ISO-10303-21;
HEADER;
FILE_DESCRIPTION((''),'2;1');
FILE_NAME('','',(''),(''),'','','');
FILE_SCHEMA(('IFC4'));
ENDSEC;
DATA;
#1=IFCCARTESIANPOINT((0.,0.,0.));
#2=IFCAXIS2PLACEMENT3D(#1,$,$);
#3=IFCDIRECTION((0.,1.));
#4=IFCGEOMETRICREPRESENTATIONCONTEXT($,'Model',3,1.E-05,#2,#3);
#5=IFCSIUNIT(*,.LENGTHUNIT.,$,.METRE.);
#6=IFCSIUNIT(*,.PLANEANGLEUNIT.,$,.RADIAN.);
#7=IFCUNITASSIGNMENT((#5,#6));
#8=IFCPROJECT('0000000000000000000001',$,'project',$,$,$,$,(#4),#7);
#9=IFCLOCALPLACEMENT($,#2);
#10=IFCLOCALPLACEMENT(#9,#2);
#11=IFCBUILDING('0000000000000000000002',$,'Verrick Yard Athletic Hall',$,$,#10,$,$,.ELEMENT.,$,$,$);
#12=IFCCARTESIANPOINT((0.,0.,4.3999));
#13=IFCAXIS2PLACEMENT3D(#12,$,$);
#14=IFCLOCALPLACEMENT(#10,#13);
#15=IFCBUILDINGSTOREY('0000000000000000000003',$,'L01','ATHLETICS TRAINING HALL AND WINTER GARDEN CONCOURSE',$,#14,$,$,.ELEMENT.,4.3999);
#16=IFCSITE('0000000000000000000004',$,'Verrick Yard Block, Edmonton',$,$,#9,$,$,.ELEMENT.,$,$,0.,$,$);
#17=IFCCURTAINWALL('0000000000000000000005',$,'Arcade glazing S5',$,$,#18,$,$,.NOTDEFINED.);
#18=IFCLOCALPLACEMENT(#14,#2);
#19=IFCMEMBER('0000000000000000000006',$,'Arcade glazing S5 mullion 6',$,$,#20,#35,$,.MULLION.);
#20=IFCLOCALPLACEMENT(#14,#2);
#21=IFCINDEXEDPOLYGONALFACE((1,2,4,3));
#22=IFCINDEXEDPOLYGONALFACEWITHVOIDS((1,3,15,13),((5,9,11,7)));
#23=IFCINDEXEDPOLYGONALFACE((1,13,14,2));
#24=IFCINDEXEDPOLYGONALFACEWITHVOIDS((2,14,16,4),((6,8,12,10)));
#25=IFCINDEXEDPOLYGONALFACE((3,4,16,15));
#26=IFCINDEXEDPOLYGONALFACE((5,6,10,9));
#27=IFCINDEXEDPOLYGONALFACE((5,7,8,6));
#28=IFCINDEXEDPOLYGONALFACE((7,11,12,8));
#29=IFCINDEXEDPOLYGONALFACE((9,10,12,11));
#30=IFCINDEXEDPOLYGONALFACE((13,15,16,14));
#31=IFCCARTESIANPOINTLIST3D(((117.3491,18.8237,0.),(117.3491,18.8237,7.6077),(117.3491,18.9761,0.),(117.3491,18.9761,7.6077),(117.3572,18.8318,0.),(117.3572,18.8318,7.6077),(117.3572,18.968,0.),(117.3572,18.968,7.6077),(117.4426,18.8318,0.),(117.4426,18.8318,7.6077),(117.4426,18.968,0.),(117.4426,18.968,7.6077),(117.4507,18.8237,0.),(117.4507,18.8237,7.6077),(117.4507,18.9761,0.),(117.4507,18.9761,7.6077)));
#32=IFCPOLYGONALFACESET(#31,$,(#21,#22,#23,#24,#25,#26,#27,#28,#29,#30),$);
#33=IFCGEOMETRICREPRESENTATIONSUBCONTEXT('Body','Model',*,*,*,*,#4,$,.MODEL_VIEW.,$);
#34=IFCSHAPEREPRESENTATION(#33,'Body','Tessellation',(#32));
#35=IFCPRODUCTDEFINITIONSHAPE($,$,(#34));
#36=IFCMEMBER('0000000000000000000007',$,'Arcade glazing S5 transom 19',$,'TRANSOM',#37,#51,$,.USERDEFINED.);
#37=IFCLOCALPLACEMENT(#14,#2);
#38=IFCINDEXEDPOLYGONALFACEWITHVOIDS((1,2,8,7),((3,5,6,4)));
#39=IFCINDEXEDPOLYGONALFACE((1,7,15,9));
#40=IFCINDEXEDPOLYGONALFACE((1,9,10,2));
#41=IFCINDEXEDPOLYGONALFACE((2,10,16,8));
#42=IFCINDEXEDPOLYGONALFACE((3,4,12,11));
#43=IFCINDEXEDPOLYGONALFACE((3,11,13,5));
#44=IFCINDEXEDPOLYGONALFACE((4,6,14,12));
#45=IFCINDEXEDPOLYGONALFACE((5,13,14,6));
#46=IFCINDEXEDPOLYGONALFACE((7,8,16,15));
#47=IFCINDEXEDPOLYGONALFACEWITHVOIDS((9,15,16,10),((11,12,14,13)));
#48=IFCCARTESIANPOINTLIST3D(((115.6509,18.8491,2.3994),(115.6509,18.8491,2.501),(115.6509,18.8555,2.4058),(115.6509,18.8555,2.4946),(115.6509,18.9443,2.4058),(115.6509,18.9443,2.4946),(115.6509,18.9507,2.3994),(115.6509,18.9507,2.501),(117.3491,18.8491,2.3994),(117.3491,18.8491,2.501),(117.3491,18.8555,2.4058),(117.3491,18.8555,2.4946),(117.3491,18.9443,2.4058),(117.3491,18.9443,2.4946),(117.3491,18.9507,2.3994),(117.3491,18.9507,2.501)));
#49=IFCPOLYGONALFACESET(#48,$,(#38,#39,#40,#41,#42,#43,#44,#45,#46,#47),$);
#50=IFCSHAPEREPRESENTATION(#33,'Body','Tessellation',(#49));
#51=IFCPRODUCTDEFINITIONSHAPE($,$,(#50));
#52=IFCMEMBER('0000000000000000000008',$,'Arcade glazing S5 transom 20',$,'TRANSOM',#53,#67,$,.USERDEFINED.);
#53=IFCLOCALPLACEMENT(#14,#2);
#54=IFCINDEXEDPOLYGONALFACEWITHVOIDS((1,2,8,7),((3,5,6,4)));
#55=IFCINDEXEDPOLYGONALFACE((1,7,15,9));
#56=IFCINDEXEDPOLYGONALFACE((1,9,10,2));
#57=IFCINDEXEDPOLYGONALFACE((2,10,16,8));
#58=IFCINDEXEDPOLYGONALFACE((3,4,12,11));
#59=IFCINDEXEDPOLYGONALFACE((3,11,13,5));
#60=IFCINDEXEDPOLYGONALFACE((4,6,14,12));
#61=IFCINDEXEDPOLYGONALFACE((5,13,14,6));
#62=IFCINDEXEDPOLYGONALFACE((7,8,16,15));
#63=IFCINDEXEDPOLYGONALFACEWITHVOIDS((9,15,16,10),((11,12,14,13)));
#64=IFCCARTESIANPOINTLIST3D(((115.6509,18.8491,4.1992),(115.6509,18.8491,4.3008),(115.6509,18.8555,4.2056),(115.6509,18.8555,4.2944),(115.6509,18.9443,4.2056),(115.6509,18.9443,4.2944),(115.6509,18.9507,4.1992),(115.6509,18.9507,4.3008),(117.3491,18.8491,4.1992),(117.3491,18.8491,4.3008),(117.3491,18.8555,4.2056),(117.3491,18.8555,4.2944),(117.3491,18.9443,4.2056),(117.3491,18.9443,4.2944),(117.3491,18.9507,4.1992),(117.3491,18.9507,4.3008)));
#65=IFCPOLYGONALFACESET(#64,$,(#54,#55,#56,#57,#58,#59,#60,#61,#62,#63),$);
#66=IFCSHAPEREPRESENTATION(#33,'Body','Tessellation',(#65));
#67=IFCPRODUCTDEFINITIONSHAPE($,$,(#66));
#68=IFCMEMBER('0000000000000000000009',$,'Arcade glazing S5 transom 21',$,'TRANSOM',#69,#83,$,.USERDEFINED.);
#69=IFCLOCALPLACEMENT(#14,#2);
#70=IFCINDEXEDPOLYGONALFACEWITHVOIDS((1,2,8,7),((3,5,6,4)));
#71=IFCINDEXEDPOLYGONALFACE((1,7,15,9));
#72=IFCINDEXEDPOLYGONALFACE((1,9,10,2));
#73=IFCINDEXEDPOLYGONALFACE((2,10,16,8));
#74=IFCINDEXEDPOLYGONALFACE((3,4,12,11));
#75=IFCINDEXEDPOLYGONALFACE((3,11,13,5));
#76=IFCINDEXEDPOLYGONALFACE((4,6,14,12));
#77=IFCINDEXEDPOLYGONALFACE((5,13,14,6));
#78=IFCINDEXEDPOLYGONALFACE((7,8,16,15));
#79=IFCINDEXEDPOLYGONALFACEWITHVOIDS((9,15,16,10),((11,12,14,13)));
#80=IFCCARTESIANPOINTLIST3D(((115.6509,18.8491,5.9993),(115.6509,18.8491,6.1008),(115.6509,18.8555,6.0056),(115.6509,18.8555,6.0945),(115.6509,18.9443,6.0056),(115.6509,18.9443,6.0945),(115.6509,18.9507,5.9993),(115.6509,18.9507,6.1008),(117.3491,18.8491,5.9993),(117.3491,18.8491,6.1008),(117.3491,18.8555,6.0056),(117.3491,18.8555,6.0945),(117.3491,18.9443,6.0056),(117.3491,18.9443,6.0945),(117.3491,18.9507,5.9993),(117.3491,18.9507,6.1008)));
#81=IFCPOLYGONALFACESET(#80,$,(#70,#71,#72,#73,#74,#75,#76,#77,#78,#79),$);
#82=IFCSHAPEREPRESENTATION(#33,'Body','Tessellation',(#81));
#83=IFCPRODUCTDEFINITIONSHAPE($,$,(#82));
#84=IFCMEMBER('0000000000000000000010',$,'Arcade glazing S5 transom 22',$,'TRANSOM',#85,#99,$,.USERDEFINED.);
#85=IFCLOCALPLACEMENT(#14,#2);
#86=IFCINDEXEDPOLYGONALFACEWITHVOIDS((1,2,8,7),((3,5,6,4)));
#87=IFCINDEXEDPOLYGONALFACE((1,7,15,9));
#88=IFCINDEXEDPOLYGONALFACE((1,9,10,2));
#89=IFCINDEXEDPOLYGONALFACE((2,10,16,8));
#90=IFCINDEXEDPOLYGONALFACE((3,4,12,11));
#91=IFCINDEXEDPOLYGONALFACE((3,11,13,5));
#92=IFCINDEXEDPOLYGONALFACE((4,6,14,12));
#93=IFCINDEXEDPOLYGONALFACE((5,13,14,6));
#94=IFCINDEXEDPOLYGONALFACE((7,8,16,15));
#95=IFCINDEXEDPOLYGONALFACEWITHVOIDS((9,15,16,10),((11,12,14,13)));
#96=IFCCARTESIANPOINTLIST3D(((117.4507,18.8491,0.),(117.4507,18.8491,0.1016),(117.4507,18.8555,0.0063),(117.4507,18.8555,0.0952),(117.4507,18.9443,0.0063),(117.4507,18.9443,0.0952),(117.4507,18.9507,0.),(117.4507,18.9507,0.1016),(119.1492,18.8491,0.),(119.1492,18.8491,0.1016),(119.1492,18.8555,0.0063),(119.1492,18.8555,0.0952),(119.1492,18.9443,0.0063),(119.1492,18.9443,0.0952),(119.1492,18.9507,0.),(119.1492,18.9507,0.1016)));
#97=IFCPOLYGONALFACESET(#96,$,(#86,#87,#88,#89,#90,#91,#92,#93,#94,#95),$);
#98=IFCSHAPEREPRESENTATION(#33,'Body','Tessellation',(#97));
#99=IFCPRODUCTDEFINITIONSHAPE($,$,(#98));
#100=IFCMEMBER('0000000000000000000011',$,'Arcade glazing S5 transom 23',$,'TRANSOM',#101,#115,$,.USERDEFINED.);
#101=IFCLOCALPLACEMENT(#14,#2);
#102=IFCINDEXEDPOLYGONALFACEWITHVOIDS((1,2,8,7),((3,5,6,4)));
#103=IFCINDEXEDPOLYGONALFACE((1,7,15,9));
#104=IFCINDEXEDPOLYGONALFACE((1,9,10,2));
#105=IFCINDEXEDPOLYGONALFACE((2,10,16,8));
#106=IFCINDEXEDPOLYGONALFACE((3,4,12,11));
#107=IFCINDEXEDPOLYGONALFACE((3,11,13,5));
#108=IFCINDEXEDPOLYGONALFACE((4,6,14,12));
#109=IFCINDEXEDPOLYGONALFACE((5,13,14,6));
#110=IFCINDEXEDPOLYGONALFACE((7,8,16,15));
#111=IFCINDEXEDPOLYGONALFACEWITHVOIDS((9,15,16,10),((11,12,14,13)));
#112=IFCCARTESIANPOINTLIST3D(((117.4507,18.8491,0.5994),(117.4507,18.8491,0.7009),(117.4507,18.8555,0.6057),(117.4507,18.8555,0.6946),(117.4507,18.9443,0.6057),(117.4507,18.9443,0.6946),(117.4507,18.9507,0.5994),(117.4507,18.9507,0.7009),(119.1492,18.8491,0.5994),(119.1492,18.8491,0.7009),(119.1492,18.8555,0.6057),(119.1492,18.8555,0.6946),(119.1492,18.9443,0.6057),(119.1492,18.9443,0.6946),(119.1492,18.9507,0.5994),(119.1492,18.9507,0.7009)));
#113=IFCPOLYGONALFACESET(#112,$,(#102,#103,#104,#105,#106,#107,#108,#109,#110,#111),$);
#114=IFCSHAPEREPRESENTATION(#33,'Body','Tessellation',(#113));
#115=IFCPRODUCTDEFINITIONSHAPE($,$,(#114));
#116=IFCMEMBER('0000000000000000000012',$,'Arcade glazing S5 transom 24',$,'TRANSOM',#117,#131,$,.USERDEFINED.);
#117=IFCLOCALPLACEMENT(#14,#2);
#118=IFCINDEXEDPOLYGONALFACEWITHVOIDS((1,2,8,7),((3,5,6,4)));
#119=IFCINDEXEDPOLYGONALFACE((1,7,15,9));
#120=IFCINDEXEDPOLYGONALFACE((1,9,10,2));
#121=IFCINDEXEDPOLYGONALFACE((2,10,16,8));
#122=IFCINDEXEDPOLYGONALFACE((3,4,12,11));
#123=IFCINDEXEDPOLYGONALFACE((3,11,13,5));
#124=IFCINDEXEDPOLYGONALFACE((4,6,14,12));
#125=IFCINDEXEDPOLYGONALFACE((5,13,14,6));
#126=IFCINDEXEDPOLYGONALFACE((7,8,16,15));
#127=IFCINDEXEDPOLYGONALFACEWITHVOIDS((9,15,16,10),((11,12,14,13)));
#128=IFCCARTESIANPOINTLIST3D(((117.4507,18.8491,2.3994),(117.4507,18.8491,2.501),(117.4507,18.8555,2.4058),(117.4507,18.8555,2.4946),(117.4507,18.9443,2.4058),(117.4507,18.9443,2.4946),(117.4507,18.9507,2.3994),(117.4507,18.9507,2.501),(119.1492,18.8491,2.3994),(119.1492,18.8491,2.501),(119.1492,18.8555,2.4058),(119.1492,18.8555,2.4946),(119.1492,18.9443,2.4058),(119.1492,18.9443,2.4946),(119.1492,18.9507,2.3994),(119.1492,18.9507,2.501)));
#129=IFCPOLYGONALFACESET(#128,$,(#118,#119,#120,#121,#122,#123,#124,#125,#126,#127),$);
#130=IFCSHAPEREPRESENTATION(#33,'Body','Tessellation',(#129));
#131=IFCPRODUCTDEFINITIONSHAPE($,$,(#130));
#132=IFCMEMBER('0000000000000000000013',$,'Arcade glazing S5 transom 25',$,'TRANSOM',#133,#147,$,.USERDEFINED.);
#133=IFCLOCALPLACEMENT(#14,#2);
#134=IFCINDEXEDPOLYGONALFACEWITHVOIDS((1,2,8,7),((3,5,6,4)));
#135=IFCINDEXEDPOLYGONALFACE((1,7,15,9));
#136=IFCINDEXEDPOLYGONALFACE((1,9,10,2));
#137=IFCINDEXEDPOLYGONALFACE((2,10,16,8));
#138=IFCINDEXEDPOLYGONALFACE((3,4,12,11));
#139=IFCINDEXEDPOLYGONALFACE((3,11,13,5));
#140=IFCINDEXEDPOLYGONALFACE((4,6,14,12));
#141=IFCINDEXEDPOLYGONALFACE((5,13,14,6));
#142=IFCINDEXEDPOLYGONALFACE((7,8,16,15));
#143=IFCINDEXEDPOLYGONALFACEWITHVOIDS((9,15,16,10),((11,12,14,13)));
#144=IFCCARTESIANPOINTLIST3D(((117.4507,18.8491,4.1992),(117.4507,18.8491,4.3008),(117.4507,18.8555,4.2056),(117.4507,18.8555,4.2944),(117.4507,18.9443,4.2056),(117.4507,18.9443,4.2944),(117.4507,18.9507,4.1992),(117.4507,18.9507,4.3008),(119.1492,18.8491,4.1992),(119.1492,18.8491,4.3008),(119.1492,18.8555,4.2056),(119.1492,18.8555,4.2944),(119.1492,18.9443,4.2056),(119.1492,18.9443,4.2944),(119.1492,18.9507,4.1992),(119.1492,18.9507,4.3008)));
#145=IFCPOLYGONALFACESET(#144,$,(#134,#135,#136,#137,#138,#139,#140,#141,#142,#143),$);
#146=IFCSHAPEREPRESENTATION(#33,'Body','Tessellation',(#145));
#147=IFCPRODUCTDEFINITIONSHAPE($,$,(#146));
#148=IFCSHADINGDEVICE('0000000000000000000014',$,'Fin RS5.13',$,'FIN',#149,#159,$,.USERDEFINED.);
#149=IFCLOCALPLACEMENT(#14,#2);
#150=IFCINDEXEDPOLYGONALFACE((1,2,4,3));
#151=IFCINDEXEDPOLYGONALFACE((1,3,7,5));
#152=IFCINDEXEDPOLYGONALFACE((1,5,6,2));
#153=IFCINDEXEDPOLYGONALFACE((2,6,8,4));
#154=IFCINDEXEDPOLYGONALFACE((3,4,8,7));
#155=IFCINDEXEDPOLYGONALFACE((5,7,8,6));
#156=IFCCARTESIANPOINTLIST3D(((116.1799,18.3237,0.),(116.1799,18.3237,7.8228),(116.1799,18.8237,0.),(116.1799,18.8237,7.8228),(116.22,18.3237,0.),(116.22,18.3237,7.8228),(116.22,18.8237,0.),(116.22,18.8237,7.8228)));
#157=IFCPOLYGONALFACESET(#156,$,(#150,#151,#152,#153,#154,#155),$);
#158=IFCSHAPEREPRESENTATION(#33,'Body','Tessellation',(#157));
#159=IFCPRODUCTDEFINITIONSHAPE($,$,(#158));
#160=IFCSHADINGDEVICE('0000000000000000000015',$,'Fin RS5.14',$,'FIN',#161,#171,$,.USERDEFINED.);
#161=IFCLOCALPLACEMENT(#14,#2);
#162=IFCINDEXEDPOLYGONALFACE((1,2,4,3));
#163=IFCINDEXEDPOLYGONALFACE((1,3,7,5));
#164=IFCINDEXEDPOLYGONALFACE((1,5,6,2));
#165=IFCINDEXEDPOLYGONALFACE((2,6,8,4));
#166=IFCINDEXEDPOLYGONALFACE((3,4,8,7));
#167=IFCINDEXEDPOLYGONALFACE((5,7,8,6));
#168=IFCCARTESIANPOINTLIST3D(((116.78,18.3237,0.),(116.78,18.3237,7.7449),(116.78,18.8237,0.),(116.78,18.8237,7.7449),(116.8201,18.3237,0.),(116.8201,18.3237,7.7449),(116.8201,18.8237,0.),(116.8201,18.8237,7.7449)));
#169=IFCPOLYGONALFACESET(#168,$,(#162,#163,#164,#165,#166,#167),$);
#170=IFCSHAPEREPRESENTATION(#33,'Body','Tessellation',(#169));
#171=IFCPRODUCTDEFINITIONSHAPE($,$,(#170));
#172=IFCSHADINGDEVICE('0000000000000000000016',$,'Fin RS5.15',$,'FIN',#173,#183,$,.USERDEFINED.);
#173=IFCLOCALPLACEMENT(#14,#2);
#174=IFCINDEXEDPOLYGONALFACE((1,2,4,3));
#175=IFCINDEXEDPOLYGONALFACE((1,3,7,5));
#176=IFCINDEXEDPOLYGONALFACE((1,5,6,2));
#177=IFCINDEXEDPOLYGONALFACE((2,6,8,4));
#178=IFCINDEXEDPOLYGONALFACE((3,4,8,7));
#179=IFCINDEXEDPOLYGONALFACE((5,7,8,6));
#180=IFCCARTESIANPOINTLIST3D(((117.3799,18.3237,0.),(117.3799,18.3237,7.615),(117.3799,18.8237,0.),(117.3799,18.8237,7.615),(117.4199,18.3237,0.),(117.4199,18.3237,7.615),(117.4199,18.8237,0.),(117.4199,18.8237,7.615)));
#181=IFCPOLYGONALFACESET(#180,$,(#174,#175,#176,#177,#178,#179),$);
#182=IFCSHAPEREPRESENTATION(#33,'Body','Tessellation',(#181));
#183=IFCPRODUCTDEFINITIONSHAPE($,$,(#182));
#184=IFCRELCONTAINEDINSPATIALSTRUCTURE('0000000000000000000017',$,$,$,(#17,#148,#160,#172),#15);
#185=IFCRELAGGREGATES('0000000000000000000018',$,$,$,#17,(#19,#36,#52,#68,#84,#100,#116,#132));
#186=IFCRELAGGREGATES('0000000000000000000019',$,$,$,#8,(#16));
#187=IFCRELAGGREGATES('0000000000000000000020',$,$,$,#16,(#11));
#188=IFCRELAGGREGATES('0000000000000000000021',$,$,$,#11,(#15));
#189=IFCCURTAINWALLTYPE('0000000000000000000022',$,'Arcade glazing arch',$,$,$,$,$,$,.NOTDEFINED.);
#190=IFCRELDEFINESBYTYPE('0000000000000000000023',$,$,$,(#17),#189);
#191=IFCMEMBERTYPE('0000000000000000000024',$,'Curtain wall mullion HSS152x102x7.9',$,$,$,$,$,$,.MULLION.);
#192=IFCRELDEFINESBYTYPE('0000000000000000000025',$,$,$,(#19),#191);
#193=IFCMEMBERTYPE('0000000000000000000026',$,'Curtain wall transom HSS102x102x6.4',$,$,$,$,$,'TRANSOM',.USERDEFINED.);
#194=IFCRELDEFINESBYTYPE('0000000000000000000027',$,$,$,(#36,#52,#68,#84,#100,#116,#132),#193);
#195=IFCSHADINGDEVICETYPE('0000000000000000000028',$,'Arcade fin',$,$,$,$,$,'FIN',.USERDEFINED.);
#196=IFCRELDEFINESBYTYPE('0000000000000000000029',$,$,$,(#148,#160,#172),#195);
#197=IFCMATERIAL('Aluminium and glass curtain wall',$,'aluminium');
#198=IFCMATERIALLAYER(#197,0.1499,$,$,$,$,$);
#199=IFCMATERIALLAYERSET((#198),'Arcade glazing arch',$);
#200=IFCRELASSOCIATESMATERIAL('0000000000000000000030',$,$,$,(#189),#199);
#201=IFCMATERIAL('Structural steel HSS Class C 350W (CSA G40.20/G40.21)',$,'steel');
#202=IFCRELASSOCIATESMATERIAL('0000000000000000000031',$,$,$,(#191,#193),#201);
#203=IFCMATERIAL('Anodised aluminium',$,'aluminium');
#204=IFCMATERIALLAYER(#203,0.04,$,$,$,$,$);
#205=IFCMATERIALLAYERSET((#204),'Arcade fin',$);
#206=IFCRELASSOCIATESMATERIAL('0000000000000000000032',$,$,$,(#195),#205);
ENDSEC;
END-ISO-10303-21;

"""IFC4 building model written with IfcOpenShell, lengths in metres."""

from ifc_helpers import new_model, si_unit, direction, frame, origin, origin_2d, place, context, subcontext, project, spatial, polyline, hollow_rectangle, outline, extrude, material, layer, layer_set, material_profile, profile_set, type_object, element, aggregate, save


model = new_model("IFC4")

# Units and contexts
model_context = context("Model", 3, precision=1e-05, world=origin(), true_north=direction((0.0, 1.0)))
body_context = subcontext(model_context, "Body", "Model", "MODEL_VIEW")
ifc_project = project(units=[si_unit("LENGTHUNIT", "METRE"), si_unit("PLANEANGLEUNIT", "RADIAN")], contexts=[model_context])

# Site, building, storey
site_placement = place(None, origin())
site = spatial("IfcSite", under=ifc_project, at=site_placement, Name="Verrick Yard Block, Edmonton", CompositionType="ELEMENT", RefElevation=0.0)
building_placement = place(site_placement, origin())
building = spatial("IfcBuilding", under=site, at=building_placement, Name="Verrick Yard Athletic Hall", CompositionType="ELEMENT")
storey_placement = place(building_placement, frame((0.0, 0.0, 4.3999)))
storey = spatial("IfcBuildingStorey", under=building, at=storey_placement, Name="L01", Description="ATHLETICS TRAINING HALL AND WINTER GARDEN CONCOURSE", CompositionType="ELEMENT", Elevation=4.3999)

# Curtain wall, members
ifc_material_1 = material(Name="Aluminium and glass curtain wall", Category="aluminium")
ifc_layer_1 = layer(ifc_material_1, 0.1499)
ifc_layer_set_1 = layer_set([ifc_layer_1], Name="Arcade glazing arch")
curtain_wall_type = type_object("IfcCurtainWallType", Name="Arcade glazing arch", PredefinedType="NOTDEFINED", material=ifc_layer_set_1)
curtain_wall_placement = place(storey_placement, origin())
curtain_wall = element("IfcCurtainWall", 1, at=curtain_wall_placement, inside=storey, type_object=curtain_wall_type, Name="Arcade glazing S5", PredefinedType="NOTDEFINED")
ifc_material_2 = material(Name="Structural steel HSS Class C 350W (CSA G40.20/G40.21)", Category="steel")
ifc_material_profile_1 = material_profile(ifc_material_2, hollow_rectangle(XDim=0.1016, YDim=0.1523, WallThickness=0.0081, at=origin_2d()), Name="HSS152x102x7.9")
ifc_profile_set_1 = profile_set([ifc_material_profile_1], Name="Structural steel HSS Class C 350W (CSA G40.20/G40.21)")
member_type_1 = type_object("IfcMemberType", Name="Curtain wall mullion HSS152x102x7.9", PredefinedType="MULLION", material=ifc_profile_set_1)
member_1_placement = place(storey_placement, frame((117.3999, 18.8999, 0.0), z_axis=(0.0, 0.0, 1.0), x_axis=(1.0, 0.0, 0.0)))
member_1 = element("IfcMember", 2, at=member_1_placement, type_object=member_type_1, Name="Arcade glazing S5 mullion 6", PredefinedType="MULLION", context=body_context, shape_type="SweptSolid", body=[
    extrude(hollow_rectangle(XDim=0.1016, YDim=0.1523, WallThickness=0.0081, at=origin_2d()), origin(), (0.0, 0.0, 1.0), 7.6077),
])
ifc_material_profile_2 = material_profile(ifc_material_2, hollow_rectangle(XDim=0.1016, YDim=0.1016, WallThickness=0.0063, at=origin_2d()), Name="HSS102x102x6.4")
ifc_profile_set_2 = profile_set([ifc_material_profile_2], Name="Structural steel HSS Class C 350W (CSA G40.20/G40.21)")
member_type_2 = type_object("IfcMemberType", Name="Curtain wall transom HSS102x102x6.4", ElementType="TRANSOM", PredefinedType="USERDEFINED", material=ifc_profile_set_2)
member_2_placement = place(storey_placement, frame((115.6509, 18.8999, 2.4502), z_axis=(1.0, 0.0, 0.0), x_axis=(0.0, 1.0, 0.0)))
member_2 = element("IfcMember", 3, at=member_2_placement, type_object=member_type_2, Name="Arcade glazing S5 transom 19", ObjectType="TRANSOM", PredefinedType="USERDEFINED", context=body_context, shape_type="SweptSolid", body=[
    extrude(hollow_rectangle(XDim=0.1016, YDim=0.1016, WallThickness=0.0063, at=origin_2d()), origin(), (0.0, 0.0, 1.0), 1.6982),
])
member_3_placement = place(storey_placement, frame((115.6509, 18.8999, 4.25), z_axis=(1.0, 0.0, 0.0), x_axis=(0.0, 1.0, 0.0)))
member_3 = element("IfcMember", 4, at=member_3_placement, type_object=member_type_2, Name="Arcade glazing S5 transom 20", ObjectType="TRANSOM", PredefinedType="USERDEFINED", context=body_context, shape_type="SweptSolid", body=[
    extrude(hollow_rectangle(XDim=0.1016, YDim=0.1016, WallThickness=0.0063, at=origin_2d()), origin(), (0.0, 0.0, 1.0), 1.6982),
])
member_4_placement = place(storey_placement, frame((115.6509, 18.8999, 6.05), z_axis=(1.0, 0.0, 0.0), x_axis=(0.0, 1.0, 0.0)))
member_4 = element("IfcMember", 5, at=member_4_placement, type_object=member_type_2, Name="Arcade glazing S5 transom 21", ObjectType="TRANSOM", PredefinedType="USERDEFINED", context=body_context, shape_type="SweptSolid", body=[
    extrude(hollow_rectangle(XDim=0.1016, YDim=0.1016, WallThickness=0.0063, at=origin_2d()), origin(), (0.0, 0.0, 1.0), 1.6982),
])
member_5_placement = place(storey_placement, frame((117.4507, 18.8999, 0.0508), z_axis=(1.0, 0.0, 0.0), x_axis=(0.0, 1.0, 0.0)))
member_5 = element("IfcMember", 6, at=member_5_placement, type_object=member_type_2, Name="Arcade glazing S5 transom 22", ObjectType="TRANSOM", PredefinedType="USERDEFINED", context=body_context, shape_type="SweptSolid", body=[
    extrude(hollow_rectangle(XDim=0.1016, YDim=0.1016, WallThickness=0.0063, at=origin_2d()), origin(), (0.0, 0.0, 1.0), 1.6985),
])
member_6_placement = place(storey_placement, frame((117.4507, 18.8999, 0.6501), z_axis=(1.0, 0.0, 0.0), x_axis=(0.0, 1.0, 0.0)))
member_6 = element("IfcMember", 7, at=member_6_placement, type_object=member_type_2, Name="Arcade glazing S5 transom 23", ObjectType="TRANSOM", PredefinedType="USERDEFINED", context=body_context, shape_type="SweptSolid", body=[
    extrude(hollow_rectangle(XDim=0.1016, YDim=0.1016, WallThickness=0.0063, at=origin_2d()), origin(), (0.0, 0.0, 1.0), 1.6985),
])
member_7_placement = place(storey_placement, frame((117.4507, 18.8999, 2.4502), z_axis=(1.0, 0.0, 0.0), x_axis=(0.0, 1.0, 0.0)))
member_7 = element("IfcMember", 8, at=member_7_placement, type_object=member_type_2, Name="Arcade glazing S5 transom 24", ObjectType="TRANSOM", PredefinedType="USERDEFINED", context=body_context, shape_type="SweptSolid", body=[
    extrude(hollow_rectangle(XDim=0.1016, YDim=0.1016, WallThickness=0.0063, at=origin_2d()), origin(), (0.0, 0.0, 1.0), 1.6985),
])
member_8_placement = place(storey_placement, frame((117.4507, 18.8999, 4.25), z_axis=(1.0, 0.0, 0.0), x_axis=(0.0, 1.0, 0.0)))
member_8 = element("IfcMember", 9, at=member_8_placement, type_object=member_type_2, Name="Arcade glazing S5 transom 25", ObjectType="TRANSOM", PredefinedType="USERDEFINED", context=body_context, shape_type="SweptSolid", body=[
    extrude(hollow_rectangle(XDim=0.1016, YDim=0.1016, WallThickness=0.0063, at=origin_2d()), origin(), (0.0, 0.0, 1.0), 1.6985),
])
aggregate(curtain_wall, [member_1, member_2, member_3, member_4, member_5, member_6, member_7, member_8])

# Shading devices
ifc_material_3 = material(Name="Anodised aluminium", Category="aluminium")
ifc_layer_2 = layer(ifc_material_3, 0.04)
ifc_layer_set_2 = layer_set([ifc_layer_2], Name="Arcade fin")
shading_device_type = type_object("IfcShadingDeviceType", Name="Arcade fin", ElementType="FIN", PredefinedType="USERDEFINED", material=ifc_layer_set_2)
shading_device_1_placement = place(storey_placement, frame((116.2, 18.8237, 0.0), z_axis=(0.0, 0.0, 1.0), x_axis=(0.0, -1.0, 0.0)))
element("IfcShadingDevice", 10, at=shading_device_1_placement, inside=storey, type_object=shading_device_type, Name="Fin RS5.13", ObjectType="FIN", PredefinedType="USERDEFINED", context=body_context, shape_type="SweptSolid", body=[
    extrude(outline(polyline([(0.0, 0.0), (0.5, 0.0), (0.5, 7.8228), (0.0, 7.8228), (0.0, 0.0)])), frame((0.0, 0.02, 0.0), z_axis=(0.0, -1.0, 0.0), x_axis=(1.0, 0.0, 0.0)), (0.0, 0.0, 1.0), 0.04),
])
shading_device_2_placement = place(storey_placement, frame((116.8, 18.8237, 0.0), z_axis=(0.0, 0.0, 1.0), x_axis=(0.0, -1.0, 0.0)))
element("IfcShadingDevice", 11, at=shading_device_2_placement, inside=storey, type_object=shading_device_type, Name="Fin RS5.14", ObjectType="FIN", PredefinedType="USERDEFINED", context=body_context, shape_type="SweptSolid", body=[
    extrude(outline(polyline([(0.0, 0.0), (0.5, 0.0), (0.5, 7.7449), (0.0, 7.7449), (0.0, 0.0)])), frame((0.0, 0.02, 0.0), z_axis=(0.0, -1.0, 0.0), x_axis=(1.0, 0.0, 0.0)), (0.0, 0.0, 1.0), 0.04),
])
shading_device_3_placement = place(storey_placement, frame((117.3999, 18.8237, 0.0), z_axis=(0.0, 0.0, 1.0), x_axis=(0.0, -1.0, 0.0)))
element("IfcShadingDevice", 12, at=shading_device_3_placement, inside=storey, type_object=shading_device_type, Name="Fin RS5.15", ObjectType="FIN", PredefinedType="USERDEFINED", context=body_context, shape_type="SweptSolid", body=[
    extrude(outline(polyline([(0.0, 0.0), (0.5, 0.0), (0.5, 7.615), (0.0, 7.615), (0.0, 0.0)])), frame((0.0, 0.02, 0.0), z_axis=(0.0, -1.0, 0.0), x_axis=(1.0, 0.0, 0.0)), (0.0, 0.0, 1.0), 0.04),
])

save(model, "model.ifc")
